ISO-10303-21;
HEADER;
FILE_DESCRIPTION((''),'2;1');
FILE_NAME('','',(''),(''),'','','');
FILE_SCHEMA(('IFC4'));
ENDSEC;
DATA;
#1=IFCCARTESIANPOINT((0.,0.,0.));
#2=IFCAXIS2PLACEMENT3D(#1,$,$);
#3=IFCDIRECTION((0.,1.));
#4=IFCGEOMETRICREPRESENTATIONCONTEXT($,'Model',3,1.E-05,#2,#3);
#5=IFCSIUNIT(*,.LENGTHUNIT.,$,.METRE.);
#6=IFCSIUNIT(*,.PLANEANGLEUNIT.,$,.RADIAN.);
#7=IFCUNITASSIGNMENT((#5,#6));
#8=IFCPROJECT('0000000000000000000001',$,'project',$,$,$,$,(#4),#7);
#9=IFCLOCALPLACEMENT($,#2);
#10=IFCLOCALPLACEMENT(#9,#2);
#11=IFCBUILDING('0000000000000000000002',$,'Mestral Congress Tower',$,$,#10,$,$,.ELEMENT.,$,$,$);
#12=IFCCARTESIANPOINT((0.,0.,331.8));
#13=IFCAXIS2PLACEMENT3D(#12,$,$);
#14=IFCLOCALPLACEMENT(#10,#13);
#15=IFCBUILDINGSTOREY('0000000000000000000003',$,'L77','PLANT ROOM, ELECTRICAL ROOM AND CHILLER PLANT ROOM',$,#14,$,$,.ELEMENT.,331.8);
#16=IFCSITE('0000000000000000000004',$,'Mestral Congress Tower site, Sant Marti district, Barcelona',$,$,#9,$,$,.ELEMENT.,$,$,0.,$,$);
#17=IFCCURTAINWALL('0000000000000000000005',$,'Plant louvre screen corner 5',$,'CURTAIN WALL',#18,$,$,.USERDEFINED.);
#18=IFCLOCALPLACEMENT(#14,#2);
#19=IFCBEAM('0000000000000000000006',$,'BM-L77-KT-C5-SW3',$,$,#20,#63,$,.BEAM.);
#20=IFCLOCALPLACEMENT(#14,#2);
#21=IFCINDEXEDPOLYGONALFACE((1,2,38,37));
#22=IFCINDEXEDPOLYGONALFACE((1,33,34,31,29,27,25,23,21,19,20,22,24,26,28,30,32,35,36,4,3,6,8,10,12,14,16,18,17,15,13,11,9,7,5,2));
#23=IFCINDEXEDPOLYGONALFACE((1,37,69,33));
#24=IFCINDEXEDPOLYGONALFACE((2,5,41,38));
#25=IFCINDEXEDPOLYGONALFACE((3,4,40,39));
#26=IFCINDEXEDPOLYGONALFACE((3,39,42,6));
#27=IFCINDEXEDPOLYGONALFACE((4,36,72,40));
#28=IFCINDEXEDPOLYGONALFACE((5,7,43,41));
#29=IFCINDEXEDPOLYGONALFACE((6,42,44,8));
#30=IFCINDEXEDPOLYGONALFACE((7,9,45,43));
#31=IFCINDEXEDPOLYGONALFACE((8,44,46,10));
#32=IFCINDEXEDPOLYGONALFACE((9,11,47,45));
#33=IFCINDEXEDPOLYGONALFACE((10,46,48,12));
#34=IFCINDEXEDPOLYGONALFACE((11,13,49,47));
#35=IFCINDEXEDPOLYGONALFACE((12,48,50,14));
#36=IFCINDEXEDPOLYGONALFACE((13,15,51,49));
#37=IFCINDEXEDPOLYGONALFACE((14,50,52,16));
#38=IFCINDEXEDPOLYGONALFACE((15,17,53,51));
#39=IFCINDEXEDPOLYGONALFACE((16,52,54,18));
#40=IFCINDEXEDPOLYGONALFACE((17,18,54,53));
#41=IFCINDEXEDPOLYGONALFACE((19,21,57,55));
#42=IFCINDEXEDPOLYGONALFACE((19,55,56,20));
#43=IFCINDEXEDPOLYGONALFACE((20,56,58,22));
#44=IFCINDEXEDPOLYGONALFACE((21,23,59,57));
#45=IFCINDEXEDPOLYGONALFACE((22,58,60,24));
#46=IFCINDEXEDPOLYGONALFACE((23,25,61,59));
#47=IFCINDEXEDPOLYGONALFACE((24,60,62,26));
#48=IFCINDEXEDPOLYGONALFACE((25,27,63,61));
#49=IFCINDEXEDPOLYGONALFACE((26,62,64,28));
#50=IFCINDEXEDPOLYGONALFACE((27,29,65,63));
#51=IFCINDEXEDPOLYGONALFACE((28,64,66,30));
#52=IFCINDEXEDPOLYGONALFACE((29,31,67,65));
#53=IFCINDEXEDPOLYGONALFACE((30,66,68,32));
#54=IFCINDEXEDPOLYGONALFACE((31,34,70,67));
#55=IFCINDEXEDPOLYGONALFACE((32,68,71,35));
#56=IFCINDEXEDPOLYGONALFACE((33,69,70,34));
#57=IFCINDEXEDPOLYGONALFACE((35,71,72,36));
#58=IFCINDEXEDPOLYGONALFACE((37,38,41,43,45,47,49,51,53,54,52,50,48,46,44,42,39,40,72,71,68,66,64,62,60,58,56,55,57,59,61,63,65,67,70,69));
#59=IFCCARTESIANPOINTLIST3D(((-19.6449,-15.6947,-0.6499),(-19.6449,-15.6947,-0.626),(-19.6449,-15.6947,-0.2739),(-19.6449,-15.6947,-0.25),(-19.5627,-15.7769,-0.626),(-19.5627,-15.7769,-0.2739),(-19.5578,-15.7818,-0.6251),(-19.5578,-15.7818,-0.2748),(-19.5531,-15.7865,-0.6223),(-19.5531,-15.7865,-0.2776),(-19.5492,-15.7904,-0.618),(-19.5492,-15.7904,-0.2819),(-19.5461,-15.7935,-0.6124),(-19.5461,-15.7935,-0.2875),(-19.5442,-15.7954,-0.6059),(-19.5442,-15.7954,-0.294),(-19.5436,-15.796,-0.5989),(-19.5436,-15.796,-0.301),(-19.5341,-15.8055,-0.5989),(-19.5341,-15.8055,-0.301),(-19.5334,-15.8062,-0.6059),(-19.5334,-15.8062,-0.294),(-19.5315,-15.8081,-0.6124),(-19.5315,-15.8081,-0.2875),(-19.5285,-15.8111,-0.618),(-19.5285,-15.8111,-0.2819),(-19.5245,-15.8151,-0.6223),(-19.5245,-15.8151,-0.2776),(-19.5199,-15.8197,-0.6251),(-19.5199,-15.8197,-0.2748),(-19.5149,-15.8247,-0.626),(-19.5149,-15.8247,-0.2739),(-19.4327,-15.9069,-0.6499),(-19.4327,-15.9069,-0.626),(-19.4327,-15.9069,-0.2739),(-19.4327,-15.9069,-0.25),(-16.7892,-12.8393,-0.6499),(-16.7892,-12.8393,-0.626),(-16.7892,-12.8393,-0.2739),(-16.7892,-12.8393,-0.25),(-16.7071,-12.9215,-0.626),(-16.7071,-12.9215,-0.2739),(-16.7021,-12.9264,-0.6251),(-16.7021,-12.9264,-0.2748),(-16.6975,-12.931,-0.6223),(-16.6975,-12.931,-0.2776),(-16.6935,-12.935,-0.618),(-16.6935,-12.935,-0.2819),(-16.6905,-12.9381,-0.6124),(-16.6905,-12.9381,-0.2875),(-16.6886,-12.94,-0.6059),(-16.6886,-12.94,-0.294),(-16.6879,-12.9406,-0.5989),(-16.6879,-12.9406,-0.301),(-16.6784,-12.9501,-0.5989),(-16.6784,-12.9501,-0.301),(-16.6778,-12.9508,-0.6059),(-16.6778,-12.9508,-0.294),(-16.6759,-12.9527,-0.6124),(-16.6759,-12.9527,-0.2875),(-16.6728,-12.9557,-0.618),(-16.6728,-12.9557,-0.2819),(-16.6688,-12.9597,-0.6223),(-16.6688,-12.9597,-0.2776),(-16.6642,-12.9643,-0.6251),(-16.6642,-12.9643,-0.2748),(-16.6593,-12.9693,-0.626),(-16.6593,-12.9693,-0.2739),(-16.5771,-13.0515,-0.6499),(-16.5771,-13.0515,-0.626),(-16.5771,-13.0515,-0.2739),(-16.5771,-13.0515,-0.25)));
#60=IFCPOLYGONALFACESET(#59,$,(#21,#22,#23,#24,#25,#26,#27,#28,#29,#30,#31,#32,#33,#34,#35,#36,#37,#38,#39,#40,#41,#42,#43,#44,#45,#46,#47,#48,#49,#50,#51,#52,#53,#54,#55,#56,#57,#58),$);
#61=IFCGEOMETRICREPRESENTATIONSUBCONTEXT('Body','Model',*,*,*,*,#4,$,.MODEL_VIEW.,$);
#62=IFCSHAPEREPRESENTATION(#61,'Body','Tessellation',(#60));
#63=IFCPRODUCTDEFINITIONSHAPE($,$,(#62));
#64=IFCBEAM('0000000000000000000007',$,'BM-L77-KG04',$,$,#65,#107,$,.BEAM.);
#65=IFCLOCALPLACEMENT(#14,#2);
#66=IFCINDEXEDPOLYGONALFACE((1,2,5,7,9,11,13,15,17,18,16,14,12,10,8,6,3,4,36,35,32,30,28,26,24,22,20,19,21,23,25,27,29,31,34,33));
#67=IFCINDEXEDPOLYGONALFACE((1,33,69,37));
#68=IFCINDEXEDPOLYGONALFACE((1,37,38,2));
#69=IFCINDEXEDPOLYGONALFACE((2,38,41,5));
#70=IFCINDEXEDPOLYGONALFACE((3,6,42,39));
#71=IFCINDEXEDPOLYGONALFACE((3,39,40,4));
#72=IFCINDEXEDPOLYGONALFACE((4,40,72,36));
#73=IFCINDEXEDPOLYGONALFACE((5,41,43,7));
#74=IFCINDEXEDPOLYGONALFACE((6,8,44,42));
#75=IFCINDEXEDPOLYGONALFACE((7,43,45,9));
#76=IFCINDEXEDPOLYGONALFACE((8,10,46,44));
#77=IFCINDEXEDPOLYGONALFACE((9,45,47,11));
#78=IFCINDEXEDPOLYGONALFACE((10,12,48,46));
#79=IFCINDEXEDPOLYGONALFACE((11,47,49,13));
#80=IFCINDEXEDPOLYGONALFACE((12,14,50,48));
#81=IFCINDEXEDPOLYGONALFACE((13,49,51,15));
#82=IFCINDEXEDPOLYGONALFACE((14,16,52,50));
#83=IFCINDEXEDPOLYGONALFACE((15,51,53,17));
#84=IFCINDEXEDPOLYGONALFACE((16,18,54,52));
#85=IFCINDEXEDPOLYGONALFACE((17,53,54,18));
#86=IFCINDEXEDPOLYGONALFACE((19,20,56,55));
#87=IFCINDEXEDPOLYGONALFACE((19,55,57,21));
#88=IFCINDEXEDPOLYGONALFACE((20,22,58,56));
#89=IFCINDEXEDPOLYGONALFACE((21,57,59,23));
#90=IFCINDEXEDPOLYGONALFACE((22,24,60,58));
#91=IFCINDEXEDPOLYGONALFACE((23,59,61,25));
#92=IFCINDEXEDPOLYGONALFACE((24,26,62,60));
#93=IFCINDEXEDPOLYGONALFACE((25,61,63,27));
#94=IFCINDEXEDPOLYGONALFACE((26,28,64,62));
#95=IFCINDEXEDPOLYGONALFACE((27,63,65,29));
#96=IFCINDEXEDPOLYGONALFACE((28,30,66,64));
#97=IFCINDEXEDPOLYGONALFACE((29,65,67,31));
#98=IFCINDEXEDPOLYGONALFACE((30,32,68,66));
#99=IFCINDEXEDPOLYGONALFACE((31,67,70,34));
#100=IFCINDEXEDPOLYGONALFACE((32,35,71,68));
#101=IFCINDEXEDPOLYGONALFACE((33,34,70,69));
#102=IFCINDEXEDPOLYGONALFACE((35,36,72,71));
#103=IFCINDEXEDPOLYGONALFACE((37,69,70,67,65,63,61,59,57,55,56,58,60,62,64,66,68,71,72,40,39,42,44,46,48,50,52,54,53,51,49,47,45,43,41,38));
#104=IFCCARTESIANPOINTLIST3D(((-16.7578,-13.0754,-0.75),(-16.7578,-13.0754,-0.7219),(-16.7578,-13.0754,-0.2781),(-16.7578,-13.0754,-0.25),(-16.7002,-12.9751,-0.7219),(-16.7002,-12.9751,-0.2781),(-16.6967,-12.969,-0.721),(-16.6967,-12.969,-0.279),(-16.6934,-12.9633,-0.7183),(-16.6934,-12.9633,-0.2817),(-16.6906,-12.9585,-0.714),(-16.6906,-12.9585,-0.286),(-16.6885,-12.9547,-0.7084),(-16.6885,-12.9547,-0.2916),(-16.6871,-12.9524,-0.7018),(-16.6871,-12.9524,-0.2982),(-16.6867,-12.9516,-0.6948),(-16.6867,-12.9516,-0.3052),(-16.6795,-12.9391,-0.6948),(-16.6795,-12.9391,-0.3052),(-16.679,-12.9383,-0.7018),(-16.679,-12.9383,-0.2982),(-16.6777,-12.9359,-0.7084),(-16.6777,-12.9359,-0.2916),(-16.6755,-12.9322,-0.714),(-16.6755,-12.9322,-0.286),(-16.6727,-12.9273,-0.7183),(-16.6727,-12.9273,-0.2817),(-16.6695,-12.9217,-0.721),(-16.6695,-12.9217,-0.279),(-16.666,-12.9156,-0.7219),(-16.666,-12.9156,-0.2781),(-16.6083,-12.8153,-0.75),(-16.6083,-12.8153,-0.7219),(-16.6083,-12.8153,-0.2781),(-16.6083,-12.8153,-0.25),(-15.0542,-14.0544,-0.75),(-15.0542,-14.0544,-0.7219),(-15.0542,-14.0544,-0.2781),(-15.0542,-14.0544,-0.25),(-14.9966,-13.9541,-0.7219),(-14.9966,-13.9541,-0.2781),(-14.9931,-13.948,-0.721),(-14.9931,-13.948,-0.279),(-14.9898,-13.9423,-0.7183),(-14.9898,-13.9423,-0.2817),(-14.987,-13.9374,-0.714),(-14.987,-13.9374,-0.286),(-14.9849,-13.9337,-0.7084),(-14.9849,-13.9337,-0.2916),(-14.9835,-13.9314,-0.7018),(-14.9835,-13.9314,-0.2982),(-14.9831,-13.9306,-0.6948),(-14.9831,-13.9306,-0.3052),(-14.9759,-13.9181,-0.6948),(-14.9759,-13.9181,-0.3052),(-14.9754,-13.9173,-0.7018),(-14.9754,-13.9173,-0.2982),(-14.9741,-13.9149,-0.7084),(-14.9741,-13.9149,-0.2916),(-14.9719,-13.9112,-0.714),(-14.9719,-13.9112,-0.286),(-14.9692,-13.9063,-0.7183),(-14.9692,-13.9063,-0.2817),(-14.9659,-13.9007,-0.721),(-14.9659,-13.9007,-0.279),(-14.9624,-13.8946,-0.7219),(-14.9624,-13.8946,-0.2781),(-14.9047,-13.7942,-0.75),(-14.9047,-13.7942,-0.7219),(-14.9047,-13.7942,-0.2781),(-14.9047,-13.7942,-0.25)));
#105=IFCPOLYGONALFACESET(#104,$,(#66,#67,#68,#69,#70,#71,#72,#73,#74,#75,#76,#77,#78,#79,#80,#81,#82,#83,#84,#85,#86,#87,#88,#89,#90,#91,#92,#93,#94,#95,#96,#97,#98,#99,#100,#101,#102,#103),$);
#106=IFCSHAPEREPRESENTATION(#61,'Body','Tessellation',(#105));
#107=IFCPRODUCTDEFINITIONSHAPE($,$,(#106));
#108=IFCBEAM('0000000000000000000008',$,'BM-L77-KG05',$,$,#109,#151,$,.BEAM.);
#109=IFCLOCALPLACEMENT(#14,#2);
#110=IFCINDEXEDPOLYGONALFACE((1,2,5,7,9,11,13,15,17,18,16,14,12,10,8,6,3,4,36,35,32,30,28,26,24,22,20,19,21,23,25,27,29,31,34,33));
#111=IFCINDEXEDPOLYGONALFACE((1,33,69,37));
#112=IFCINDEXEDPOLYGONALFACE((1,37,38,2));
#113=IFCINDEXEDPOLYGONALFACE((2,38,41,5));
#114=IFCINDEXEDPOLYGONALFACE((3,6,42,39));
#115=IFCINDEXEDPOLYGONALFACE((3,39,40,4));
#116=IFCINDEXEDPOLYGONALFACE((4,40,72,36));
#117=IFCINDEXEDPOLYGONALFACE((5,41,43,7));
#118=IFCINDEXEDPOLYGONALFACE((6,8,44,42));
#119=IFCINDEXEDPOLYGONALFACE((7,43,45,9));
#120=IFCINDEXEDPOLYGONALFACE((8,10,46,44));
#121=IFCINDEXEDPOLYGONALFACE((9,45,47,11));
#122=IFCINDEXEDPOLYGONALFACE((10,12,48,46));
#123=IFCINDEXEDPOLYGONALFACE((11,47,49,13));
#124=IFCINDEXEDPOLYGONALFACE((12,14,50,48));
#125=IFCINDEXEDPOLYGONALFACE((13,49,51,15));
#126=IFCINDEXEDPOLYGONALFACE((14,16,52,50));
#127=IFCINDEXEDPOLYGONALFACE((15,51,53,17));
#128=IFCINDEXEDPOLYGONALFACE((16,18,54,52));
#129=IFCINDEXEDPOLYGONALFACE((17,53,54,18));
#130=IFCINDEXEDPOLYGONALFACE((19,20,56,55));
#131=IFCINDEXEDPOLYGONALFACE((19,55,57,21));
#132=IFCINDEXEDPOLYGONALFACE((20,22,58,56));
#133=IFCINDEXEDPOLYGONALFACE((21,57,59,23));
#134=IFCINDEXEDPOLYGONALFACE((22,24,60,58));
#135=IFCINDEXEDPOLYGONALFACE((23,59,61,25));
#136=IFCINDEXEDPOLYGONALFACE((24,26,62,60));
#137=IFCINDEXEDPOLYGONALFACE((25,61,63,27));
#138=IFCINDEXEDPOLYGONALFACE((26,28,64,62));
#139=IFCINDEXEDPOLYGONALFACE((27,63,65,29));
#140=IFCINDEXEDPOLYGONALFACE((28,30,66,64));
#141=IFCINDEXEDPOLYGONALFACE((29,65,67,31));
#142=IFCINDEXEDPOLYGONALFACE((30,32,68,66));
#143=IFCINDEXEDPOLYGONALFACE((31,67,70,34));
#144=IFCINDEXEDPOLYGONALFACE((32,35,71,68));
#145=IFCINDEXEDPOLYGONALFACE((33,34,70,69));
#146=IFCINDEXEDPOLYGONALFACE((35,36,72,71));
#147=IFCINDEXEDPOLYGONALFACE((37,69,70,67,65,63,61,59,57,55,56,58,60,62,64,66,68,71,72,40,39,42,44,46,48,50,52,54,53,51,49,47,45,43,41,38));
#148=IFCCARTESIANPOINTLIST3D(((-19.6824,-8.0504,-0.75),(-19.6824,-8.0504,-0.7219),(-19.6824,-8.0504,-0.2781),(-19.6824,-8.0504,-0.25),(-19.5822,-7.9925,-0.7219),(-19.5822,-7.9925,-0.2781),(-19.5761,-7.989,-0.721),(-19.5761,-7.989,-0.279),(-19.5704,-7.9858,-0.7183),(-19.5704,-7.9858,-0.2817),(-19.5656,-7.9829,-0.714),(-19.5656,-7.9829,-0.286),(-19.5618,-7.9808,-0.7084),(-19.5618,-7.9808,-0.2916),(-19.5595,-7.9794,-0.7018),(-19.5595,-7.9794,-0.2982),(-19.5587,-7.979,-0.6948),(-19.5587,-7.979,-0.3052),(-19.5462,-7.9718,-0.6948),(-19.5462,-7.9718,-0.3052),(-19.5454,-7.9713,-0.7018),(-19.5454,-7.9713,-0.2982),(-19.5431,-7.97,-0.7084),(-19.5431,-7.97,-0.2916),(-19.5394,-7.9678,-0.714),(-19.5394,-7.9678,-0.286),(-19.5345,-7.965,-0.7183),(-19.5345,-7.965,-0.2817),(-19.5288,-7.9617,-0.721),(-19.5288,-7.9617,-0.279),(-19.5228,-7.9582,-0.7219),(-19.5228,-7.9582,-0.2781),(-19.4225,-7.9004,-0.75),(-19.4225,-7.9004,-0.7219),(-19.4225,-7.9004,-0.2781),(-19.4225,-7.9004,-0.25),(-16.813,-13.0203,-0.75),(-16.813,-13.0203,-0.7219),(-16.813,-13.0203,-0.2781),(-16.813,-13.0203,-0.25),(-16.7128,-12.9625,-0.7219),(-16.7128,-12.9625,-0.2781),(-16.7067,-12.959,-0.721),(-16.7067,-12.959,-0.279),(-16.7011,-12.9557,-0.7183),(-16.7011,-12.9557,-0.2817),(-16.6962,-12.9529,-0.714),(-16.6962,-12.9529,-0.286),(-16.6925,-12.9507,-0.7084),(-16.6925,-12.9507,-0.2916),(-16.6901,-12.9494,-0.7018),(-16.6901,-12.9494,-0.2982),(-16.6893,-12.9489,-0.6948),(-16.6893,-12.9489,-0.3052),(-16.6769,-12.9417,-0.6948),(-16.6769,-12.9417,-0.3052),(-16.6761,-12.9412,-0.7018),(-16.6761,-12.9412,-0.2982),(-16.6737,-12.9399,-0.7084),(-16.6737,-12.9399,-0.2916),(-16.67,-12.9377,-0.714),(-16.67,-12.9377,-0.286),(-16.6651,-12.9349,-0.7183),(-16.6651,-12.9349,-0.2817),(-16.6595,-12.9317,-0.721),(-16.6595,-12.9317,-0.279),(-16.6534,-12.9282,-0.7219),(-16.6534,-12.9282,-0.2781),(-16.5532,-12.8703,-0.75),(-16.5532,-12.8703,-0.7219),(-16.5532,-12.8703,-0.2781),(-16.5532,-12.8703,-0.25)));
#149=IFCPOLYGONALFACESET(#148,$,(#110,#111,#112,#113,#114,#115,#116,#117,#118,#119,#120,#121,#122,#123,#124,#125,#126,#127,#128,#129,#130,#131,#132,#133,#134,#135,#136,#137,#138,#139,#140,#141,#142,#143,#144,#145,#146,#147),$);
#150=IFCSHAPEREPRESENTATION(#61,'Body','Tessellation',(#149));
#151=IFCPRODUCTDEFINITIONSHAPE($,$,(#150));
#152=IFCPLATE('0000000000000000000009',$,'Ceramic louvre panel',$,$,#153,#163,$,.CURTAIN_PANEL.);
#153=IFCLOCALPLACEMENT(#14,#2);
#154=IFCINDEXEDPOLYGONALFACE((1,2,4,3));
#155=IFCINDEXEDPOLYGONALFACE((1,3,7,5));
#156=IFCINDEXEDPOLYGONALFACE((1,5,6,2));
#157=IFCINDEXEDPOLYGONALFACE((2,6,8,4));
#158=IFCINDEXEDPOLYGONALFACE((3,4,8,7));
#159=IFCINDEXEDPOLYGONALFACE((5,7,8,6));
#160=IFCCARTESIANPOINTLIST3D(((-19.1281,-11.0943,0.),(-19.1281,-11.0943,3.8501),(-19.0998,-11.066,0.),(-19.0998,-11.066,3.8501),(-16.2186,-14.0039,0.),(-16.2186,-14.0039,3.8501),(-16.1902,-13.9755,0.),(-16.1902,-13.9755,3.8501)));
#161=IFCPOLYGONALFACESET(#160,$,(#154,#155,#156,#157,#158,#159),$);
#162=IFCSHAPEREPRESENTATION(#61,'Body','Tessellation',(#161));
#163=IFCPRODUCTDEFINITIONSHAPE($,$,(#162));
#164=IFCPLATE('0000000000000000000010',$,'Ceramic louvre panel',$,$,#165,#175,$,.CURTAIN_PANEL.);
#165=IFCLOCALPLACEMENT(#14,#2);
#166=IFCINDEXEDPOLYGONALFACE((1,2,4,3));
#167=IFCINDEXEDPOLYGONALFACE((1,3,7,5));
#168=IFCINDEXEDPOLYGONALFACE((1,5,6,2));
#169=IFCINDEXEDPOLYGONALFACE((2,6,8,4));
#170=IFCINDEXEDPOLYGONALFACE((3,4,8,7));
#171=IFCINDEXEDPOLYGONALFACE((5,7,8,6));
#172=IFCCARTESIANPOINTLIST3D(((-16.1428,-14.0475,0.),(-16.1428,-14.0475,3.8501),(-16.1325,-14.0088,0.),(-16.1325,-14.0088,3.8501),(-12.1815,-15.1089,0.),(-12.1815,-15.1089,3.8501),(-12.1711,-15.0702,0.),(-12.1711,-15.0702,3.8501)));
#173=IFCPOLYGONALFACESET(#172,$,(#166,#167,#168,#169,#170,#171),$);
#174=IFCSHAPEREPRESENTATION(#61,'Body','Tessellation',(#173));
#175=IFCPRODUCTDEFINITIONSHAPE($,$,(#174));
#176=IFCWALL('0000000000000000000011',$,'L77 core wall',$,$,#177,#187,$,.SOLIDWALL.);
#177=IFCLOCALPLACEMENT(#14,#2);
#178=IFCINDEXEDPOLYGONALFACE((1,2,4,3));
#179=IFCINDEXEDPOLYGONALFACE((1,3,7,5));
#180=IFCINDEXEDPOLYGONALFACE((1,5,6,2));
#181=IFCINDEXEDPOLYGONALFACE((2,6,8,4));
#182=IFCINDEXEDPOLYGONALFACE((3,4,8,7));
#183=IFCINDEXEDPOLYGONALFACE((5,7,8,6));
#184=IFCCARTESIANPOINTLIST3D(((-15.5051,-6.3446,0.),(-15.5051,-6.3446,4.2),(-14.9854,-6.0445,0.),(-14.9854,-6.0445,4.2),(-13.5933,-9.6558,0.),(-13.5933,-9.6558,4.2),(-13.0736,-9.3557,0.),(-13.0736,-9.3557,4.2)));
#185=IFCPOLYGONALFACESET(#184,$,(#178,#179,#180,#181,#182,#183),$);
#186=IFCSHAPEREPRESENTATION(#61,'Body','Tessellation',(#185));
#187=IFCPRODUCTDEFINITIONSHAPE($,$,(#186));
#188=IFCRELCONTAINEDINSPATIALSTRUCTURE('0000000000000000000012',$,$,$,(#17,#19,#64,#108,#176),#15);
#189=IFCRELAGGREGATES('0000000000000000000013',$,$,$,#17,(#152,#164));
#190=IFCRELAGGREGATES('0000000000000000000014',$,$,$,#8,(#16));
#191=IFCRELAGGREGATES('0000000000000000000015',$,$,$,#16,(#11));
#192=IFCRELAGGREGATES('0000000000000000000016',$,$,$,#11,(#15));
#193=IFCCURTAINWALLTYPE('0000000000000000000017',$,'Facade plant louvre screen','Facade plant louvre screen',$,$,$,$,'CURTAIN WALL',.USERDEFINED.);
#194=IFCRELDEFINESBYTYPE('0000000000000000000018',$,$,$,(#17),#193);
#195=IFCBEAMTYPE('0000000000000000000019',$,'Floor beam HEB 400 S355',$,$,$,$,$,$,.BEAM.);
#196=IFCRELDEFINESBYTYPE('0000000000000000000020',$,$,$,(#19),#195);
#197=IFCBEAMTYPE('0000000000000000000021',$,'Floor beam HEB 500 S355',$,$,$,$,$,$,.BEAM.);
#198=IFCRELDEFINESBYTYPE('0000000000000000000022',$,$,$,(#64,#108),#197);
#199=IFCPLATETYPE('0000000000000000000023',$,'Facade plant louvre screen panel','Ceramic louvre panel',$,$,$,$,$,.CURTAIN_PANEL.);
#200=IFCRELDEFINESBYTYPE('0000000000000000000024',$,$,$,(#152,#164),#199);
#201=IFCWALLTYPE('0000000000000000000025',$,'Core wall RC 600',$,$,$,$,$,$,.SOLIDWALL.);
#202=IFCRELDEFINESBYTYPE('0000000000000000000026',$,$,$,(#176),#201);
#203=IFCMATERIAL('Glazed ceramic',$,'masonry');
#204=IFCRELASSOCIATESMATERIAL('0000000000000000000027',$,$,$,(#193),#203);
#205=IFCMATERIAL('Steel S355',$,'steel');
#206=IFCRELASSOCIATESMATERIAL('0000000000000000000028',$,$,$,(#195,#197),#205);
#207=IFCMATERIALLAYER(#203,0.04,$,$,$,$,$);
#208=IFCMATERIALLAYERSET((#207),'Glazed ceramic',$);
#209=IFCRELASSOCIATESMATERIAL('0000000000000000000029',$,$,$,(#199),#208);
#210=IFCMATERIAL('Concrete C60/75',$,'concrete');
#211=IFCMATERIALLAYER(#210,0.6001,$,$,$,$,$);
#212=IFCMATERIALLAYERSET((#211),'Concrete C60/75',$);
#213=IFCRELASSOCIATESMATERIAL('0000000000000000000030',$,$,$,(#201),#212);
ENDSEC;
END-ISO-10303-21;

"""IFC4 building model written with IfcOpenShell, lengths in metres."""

from ifc_helpers import new_model, si_unit, direction, frame, frame_2d, origin, origin_2d, place, context, subcontext, project, spatial, rectangle, i_section, extrude, material, layer, layer_set, material_profile, profile_set, type_object, element, aggregate, save


model = new_model("IFC4")

# Units and contexts
model_context = context("Model", 3, precision=1e-05, world=origin(), true_north=direction((0.0, 1.0)))
body_context = subcontext(model_context, "Body", "Model", "MODEL_VIEW")
ifc_project = project(units=[si_unit("LENGTHUNIT", "METRE"), si_unit("PLANEANGLEUNIT", "RADIAN")], contexts=[model_context])

# Site, building, storey
site_placement = place(None, origin())
site = spatial("IfcSite", under=ifc_project, at=site_placement, Name="Mestral Congress Tower site, Sant Marti district, Barcelona", CompositionType="ELEMENT", RefElevation=0.0)
building_placement = place(site_placement, origin())
building = spatial("IfcBuilding", under=site, at=building_placement, Name="Mestral Congress Tower", CompositionType="ELEMENT")
storey_placement = place(building_placement, frame((0.0, 0.0, 331.8)))
storey = spatial("IfcBuildingStorey", under=building, at=storey_placement, Name="L77", Description="PLANT ROOM, ELECTRICAL ROOM AND CHILLER PLANT ROOM", CompositionType="ELEMENT", Elevation=331.8)

# Shared definitions
ifc_material_1 = material(Name="Steel S355", Category="steel")
ifc_material_2 = material(Name="Concrete C60/75", Category="concrete")

# Curtain wall
ifc_material_3 = material(Name="Glazed ceramic", Category="masonry")
curtain_wall_type = type_object("IfcCurtainWallType", Name="Facade plant louvre screen", Description="Facade plant louvre screen", ElementType="CURTAIN WALL", PredefinedType="USERDEFINED", material=ifc_material_3)
curtain_wall_placement = place(storey_placement, origin())
curtain_wall = element("IfcCurtainWall", 1, at=curtain_wall_placement, inside=storey, type_object=curtain_wall_type, Name="Plant louvre screen corner 5", ObjectType="CURTAIN WALL", PredefinedType="USERDEFINED")

# Beams
ifc_material_profile_1 = material_profile(ifc_material_1, i_section(OverallWidth=0.3, OverallDepth=0.3999, WebThickness=0.0134, FlangeThickness=0.0239, FilletRadius=0.0271, at=origin_2d()), Name="HEB 400")
ifc_profile_set_1 = profile_set([ifc_material_profile_1], Name="Steel S355")
beam_type_1 = type_object("IfcBeamType", Name="Floor beam HEB 400 S355", PredefinedType="BEAM", material=ifc_profile_set_1)
beam_1_placement = place(storey_placement, frame((-19.5388, -15.8008, -0.45), z_axis=(0.707137, 0.707077, 0.0), x_axis=(-0.707077, 0.707137, 0.0)))
element("IfcBeam", 2, at=beam_1_placement, inside=storey, type_object=beam_type_1, Name="BM-L77-KT-C5-SW3", PredefinedType="BEAM", context=body_context, shape_type="SweptSolid", body=[
    extrude(i_section(OverallWidth=0.3, OverallDepth=0.3999, WebThickness=0.0134, FlangeThickness=0.0239, FilletRadius=0.0271, at=origin_2d()), origin(), (0.0, 0.0, 1.0), 4.0383),
])
ifc_material_profile_2 = material_profile(ifc_material_1, i_section(OverallWidth=0.3, OverallDepth=0.5, WebThickness=0.0144, FlangeThickness=0.0281, FilletRadius=0.0271, at=origin_2d()), Name="HEB 500")
ifc_profile_set_2 = profile_set([ifc_material_profile_2], Name="Steel S355")
beam_type_2 = type_object("IfcBeamType", Name="Floor beam HEB 500 S355", PredefinedType="BEAM", material=ifc_profile_set_2)
beam_2_placement = place(storey_placement, frame((-14.9795, -13.9243, -0.5), z_axis=(-0.867032, 0.498252, 0.0), x_axis=(-0.498252, -0.867032, 0.0)))
element("IfcBeam", 3, at=beam_2_placement, inside=storey, type_object=beam_type_2, Name="BM-L77-KG04", PredefinedType="BEAM", context=body_context, shape_type="SweptSolid", body=[
    extrude(i_section(OverallWidth=0.3, OverallDepth=0.5, WebThickness=0.0144, FlangeThickness=0.0281, FilletRadius=0.0271, at=origin_2d()), origin(), (0.0, 0.0, 1.0), 1.9648),
])
beam_3_placement = place(storey_placement, frame((-16.6831, -12.9453, -0.5), z_axis=(-0.499996, 0.866028, 0.0), x_axis=(-0.866028, -0.499996, 0.0)))
element("IfcBeam", 4, at=beam_3_placement, inside=storey, type_object=beam_type_2, Name="BM-L77-KG05", PredefinedType="BEAM", context=body_context, shape_type="SweptSolid", body=[
    extrude(i_section(OverallWidth=0.3, OverallDepth=0.5, WebThickness=0.0144, FlangeThickness=0.0281, FilletRadius=0.0271, at=origin_2d()), origin(), (0.0, 0.0, 1.0), 5.7388),
])

# Plates
ifc_layer_1 = layer(ifc_material_3, 0.04)
ifc_layer_set_1 = layer_set([ifc_layer_1], Name="Glazed ceramic")
plate_type = type_object("IfcPlateType", Name="Facade plant louvre screen panel", Description="Ceramic louvre panel", PredefinedType="CURTAIN_PANEL", material=ifc_layer_set_1)
plate_1_placement = place(storey_placement, frame((-17.6592, -12.5349, 0.0), z_axis=(0.0, 0.0, 1.0), x_axis=(0.707107, -0.707107, 0.0)))
plate_1 = element("IfcPlate", 5, at=plate_1_placement, type_object=plate_type, Name="Ceramic louvre panel", PredefinedType="CURTAIN_PANEL", context=body_context, shape_type="SweptSolid", body=[
    extrude(rectangle(XDim=4.1147, YDim=0.04, at=origin_2d()), origin(), (0.0, 0.0, 1.0), 3.8501),
])
plate_2_placement = place(storey_placement, frame((-14.157, -14.5588, 0.0), z_axis=(0.0, 0.0, 1.0), x_axis=(0.965926, -0.258819, 0.0)))
plate_2 = element("IfcPlate", 6, at=plate_2_placement, type_object=plate_type, Name="Ceramic louvre panel", PredefinedType="CURTAIN_PANEL", context=body_context, shape_type="SweptSolid", body=[
    extrude(rectangle(XDim=4.1011, YDim=0.04, at=origin_2d()), origin(), (0.0, 0.0, 1.0), 3.8501),
])
aggregate(curtain_wall, [plate_1, plate_2])

# Wall
ifc_layer_2 = layer(ifc_material_2, 0.6001)
ifc_layer_set_2 = layer_set([ifc_layer_2], Name="Concrete C60/75")
wall_type_1 = type_object("IfcWallType", Name="Core wall RC 600", PredefinedType="SOLIDWALL", material=ifc_layer_set_2)
wall_1_placement = place(storey_placement, frame((-13.3335, -9.5056, 0.0), z_axis=(0.0, 0.0, 1.0), x_axis=(-0.500019, 0.866014, 0.0)))
element("IfcWall", 7, at=wall_1_placement, inside=storey, type_object=wall_type_1, Name="L77 core wall", PredefinedType="SOLIDWALL", context=body_context, shape_type="SweptSolid", body=[
    extrude(rectangle(XDim=3.8235, YDim=0.6001, at=frame_2d((1.9116, 0.0))), origin(), (0.0, 0.0, 1.0), 4.2),
])

save(model, "model.ifc")
